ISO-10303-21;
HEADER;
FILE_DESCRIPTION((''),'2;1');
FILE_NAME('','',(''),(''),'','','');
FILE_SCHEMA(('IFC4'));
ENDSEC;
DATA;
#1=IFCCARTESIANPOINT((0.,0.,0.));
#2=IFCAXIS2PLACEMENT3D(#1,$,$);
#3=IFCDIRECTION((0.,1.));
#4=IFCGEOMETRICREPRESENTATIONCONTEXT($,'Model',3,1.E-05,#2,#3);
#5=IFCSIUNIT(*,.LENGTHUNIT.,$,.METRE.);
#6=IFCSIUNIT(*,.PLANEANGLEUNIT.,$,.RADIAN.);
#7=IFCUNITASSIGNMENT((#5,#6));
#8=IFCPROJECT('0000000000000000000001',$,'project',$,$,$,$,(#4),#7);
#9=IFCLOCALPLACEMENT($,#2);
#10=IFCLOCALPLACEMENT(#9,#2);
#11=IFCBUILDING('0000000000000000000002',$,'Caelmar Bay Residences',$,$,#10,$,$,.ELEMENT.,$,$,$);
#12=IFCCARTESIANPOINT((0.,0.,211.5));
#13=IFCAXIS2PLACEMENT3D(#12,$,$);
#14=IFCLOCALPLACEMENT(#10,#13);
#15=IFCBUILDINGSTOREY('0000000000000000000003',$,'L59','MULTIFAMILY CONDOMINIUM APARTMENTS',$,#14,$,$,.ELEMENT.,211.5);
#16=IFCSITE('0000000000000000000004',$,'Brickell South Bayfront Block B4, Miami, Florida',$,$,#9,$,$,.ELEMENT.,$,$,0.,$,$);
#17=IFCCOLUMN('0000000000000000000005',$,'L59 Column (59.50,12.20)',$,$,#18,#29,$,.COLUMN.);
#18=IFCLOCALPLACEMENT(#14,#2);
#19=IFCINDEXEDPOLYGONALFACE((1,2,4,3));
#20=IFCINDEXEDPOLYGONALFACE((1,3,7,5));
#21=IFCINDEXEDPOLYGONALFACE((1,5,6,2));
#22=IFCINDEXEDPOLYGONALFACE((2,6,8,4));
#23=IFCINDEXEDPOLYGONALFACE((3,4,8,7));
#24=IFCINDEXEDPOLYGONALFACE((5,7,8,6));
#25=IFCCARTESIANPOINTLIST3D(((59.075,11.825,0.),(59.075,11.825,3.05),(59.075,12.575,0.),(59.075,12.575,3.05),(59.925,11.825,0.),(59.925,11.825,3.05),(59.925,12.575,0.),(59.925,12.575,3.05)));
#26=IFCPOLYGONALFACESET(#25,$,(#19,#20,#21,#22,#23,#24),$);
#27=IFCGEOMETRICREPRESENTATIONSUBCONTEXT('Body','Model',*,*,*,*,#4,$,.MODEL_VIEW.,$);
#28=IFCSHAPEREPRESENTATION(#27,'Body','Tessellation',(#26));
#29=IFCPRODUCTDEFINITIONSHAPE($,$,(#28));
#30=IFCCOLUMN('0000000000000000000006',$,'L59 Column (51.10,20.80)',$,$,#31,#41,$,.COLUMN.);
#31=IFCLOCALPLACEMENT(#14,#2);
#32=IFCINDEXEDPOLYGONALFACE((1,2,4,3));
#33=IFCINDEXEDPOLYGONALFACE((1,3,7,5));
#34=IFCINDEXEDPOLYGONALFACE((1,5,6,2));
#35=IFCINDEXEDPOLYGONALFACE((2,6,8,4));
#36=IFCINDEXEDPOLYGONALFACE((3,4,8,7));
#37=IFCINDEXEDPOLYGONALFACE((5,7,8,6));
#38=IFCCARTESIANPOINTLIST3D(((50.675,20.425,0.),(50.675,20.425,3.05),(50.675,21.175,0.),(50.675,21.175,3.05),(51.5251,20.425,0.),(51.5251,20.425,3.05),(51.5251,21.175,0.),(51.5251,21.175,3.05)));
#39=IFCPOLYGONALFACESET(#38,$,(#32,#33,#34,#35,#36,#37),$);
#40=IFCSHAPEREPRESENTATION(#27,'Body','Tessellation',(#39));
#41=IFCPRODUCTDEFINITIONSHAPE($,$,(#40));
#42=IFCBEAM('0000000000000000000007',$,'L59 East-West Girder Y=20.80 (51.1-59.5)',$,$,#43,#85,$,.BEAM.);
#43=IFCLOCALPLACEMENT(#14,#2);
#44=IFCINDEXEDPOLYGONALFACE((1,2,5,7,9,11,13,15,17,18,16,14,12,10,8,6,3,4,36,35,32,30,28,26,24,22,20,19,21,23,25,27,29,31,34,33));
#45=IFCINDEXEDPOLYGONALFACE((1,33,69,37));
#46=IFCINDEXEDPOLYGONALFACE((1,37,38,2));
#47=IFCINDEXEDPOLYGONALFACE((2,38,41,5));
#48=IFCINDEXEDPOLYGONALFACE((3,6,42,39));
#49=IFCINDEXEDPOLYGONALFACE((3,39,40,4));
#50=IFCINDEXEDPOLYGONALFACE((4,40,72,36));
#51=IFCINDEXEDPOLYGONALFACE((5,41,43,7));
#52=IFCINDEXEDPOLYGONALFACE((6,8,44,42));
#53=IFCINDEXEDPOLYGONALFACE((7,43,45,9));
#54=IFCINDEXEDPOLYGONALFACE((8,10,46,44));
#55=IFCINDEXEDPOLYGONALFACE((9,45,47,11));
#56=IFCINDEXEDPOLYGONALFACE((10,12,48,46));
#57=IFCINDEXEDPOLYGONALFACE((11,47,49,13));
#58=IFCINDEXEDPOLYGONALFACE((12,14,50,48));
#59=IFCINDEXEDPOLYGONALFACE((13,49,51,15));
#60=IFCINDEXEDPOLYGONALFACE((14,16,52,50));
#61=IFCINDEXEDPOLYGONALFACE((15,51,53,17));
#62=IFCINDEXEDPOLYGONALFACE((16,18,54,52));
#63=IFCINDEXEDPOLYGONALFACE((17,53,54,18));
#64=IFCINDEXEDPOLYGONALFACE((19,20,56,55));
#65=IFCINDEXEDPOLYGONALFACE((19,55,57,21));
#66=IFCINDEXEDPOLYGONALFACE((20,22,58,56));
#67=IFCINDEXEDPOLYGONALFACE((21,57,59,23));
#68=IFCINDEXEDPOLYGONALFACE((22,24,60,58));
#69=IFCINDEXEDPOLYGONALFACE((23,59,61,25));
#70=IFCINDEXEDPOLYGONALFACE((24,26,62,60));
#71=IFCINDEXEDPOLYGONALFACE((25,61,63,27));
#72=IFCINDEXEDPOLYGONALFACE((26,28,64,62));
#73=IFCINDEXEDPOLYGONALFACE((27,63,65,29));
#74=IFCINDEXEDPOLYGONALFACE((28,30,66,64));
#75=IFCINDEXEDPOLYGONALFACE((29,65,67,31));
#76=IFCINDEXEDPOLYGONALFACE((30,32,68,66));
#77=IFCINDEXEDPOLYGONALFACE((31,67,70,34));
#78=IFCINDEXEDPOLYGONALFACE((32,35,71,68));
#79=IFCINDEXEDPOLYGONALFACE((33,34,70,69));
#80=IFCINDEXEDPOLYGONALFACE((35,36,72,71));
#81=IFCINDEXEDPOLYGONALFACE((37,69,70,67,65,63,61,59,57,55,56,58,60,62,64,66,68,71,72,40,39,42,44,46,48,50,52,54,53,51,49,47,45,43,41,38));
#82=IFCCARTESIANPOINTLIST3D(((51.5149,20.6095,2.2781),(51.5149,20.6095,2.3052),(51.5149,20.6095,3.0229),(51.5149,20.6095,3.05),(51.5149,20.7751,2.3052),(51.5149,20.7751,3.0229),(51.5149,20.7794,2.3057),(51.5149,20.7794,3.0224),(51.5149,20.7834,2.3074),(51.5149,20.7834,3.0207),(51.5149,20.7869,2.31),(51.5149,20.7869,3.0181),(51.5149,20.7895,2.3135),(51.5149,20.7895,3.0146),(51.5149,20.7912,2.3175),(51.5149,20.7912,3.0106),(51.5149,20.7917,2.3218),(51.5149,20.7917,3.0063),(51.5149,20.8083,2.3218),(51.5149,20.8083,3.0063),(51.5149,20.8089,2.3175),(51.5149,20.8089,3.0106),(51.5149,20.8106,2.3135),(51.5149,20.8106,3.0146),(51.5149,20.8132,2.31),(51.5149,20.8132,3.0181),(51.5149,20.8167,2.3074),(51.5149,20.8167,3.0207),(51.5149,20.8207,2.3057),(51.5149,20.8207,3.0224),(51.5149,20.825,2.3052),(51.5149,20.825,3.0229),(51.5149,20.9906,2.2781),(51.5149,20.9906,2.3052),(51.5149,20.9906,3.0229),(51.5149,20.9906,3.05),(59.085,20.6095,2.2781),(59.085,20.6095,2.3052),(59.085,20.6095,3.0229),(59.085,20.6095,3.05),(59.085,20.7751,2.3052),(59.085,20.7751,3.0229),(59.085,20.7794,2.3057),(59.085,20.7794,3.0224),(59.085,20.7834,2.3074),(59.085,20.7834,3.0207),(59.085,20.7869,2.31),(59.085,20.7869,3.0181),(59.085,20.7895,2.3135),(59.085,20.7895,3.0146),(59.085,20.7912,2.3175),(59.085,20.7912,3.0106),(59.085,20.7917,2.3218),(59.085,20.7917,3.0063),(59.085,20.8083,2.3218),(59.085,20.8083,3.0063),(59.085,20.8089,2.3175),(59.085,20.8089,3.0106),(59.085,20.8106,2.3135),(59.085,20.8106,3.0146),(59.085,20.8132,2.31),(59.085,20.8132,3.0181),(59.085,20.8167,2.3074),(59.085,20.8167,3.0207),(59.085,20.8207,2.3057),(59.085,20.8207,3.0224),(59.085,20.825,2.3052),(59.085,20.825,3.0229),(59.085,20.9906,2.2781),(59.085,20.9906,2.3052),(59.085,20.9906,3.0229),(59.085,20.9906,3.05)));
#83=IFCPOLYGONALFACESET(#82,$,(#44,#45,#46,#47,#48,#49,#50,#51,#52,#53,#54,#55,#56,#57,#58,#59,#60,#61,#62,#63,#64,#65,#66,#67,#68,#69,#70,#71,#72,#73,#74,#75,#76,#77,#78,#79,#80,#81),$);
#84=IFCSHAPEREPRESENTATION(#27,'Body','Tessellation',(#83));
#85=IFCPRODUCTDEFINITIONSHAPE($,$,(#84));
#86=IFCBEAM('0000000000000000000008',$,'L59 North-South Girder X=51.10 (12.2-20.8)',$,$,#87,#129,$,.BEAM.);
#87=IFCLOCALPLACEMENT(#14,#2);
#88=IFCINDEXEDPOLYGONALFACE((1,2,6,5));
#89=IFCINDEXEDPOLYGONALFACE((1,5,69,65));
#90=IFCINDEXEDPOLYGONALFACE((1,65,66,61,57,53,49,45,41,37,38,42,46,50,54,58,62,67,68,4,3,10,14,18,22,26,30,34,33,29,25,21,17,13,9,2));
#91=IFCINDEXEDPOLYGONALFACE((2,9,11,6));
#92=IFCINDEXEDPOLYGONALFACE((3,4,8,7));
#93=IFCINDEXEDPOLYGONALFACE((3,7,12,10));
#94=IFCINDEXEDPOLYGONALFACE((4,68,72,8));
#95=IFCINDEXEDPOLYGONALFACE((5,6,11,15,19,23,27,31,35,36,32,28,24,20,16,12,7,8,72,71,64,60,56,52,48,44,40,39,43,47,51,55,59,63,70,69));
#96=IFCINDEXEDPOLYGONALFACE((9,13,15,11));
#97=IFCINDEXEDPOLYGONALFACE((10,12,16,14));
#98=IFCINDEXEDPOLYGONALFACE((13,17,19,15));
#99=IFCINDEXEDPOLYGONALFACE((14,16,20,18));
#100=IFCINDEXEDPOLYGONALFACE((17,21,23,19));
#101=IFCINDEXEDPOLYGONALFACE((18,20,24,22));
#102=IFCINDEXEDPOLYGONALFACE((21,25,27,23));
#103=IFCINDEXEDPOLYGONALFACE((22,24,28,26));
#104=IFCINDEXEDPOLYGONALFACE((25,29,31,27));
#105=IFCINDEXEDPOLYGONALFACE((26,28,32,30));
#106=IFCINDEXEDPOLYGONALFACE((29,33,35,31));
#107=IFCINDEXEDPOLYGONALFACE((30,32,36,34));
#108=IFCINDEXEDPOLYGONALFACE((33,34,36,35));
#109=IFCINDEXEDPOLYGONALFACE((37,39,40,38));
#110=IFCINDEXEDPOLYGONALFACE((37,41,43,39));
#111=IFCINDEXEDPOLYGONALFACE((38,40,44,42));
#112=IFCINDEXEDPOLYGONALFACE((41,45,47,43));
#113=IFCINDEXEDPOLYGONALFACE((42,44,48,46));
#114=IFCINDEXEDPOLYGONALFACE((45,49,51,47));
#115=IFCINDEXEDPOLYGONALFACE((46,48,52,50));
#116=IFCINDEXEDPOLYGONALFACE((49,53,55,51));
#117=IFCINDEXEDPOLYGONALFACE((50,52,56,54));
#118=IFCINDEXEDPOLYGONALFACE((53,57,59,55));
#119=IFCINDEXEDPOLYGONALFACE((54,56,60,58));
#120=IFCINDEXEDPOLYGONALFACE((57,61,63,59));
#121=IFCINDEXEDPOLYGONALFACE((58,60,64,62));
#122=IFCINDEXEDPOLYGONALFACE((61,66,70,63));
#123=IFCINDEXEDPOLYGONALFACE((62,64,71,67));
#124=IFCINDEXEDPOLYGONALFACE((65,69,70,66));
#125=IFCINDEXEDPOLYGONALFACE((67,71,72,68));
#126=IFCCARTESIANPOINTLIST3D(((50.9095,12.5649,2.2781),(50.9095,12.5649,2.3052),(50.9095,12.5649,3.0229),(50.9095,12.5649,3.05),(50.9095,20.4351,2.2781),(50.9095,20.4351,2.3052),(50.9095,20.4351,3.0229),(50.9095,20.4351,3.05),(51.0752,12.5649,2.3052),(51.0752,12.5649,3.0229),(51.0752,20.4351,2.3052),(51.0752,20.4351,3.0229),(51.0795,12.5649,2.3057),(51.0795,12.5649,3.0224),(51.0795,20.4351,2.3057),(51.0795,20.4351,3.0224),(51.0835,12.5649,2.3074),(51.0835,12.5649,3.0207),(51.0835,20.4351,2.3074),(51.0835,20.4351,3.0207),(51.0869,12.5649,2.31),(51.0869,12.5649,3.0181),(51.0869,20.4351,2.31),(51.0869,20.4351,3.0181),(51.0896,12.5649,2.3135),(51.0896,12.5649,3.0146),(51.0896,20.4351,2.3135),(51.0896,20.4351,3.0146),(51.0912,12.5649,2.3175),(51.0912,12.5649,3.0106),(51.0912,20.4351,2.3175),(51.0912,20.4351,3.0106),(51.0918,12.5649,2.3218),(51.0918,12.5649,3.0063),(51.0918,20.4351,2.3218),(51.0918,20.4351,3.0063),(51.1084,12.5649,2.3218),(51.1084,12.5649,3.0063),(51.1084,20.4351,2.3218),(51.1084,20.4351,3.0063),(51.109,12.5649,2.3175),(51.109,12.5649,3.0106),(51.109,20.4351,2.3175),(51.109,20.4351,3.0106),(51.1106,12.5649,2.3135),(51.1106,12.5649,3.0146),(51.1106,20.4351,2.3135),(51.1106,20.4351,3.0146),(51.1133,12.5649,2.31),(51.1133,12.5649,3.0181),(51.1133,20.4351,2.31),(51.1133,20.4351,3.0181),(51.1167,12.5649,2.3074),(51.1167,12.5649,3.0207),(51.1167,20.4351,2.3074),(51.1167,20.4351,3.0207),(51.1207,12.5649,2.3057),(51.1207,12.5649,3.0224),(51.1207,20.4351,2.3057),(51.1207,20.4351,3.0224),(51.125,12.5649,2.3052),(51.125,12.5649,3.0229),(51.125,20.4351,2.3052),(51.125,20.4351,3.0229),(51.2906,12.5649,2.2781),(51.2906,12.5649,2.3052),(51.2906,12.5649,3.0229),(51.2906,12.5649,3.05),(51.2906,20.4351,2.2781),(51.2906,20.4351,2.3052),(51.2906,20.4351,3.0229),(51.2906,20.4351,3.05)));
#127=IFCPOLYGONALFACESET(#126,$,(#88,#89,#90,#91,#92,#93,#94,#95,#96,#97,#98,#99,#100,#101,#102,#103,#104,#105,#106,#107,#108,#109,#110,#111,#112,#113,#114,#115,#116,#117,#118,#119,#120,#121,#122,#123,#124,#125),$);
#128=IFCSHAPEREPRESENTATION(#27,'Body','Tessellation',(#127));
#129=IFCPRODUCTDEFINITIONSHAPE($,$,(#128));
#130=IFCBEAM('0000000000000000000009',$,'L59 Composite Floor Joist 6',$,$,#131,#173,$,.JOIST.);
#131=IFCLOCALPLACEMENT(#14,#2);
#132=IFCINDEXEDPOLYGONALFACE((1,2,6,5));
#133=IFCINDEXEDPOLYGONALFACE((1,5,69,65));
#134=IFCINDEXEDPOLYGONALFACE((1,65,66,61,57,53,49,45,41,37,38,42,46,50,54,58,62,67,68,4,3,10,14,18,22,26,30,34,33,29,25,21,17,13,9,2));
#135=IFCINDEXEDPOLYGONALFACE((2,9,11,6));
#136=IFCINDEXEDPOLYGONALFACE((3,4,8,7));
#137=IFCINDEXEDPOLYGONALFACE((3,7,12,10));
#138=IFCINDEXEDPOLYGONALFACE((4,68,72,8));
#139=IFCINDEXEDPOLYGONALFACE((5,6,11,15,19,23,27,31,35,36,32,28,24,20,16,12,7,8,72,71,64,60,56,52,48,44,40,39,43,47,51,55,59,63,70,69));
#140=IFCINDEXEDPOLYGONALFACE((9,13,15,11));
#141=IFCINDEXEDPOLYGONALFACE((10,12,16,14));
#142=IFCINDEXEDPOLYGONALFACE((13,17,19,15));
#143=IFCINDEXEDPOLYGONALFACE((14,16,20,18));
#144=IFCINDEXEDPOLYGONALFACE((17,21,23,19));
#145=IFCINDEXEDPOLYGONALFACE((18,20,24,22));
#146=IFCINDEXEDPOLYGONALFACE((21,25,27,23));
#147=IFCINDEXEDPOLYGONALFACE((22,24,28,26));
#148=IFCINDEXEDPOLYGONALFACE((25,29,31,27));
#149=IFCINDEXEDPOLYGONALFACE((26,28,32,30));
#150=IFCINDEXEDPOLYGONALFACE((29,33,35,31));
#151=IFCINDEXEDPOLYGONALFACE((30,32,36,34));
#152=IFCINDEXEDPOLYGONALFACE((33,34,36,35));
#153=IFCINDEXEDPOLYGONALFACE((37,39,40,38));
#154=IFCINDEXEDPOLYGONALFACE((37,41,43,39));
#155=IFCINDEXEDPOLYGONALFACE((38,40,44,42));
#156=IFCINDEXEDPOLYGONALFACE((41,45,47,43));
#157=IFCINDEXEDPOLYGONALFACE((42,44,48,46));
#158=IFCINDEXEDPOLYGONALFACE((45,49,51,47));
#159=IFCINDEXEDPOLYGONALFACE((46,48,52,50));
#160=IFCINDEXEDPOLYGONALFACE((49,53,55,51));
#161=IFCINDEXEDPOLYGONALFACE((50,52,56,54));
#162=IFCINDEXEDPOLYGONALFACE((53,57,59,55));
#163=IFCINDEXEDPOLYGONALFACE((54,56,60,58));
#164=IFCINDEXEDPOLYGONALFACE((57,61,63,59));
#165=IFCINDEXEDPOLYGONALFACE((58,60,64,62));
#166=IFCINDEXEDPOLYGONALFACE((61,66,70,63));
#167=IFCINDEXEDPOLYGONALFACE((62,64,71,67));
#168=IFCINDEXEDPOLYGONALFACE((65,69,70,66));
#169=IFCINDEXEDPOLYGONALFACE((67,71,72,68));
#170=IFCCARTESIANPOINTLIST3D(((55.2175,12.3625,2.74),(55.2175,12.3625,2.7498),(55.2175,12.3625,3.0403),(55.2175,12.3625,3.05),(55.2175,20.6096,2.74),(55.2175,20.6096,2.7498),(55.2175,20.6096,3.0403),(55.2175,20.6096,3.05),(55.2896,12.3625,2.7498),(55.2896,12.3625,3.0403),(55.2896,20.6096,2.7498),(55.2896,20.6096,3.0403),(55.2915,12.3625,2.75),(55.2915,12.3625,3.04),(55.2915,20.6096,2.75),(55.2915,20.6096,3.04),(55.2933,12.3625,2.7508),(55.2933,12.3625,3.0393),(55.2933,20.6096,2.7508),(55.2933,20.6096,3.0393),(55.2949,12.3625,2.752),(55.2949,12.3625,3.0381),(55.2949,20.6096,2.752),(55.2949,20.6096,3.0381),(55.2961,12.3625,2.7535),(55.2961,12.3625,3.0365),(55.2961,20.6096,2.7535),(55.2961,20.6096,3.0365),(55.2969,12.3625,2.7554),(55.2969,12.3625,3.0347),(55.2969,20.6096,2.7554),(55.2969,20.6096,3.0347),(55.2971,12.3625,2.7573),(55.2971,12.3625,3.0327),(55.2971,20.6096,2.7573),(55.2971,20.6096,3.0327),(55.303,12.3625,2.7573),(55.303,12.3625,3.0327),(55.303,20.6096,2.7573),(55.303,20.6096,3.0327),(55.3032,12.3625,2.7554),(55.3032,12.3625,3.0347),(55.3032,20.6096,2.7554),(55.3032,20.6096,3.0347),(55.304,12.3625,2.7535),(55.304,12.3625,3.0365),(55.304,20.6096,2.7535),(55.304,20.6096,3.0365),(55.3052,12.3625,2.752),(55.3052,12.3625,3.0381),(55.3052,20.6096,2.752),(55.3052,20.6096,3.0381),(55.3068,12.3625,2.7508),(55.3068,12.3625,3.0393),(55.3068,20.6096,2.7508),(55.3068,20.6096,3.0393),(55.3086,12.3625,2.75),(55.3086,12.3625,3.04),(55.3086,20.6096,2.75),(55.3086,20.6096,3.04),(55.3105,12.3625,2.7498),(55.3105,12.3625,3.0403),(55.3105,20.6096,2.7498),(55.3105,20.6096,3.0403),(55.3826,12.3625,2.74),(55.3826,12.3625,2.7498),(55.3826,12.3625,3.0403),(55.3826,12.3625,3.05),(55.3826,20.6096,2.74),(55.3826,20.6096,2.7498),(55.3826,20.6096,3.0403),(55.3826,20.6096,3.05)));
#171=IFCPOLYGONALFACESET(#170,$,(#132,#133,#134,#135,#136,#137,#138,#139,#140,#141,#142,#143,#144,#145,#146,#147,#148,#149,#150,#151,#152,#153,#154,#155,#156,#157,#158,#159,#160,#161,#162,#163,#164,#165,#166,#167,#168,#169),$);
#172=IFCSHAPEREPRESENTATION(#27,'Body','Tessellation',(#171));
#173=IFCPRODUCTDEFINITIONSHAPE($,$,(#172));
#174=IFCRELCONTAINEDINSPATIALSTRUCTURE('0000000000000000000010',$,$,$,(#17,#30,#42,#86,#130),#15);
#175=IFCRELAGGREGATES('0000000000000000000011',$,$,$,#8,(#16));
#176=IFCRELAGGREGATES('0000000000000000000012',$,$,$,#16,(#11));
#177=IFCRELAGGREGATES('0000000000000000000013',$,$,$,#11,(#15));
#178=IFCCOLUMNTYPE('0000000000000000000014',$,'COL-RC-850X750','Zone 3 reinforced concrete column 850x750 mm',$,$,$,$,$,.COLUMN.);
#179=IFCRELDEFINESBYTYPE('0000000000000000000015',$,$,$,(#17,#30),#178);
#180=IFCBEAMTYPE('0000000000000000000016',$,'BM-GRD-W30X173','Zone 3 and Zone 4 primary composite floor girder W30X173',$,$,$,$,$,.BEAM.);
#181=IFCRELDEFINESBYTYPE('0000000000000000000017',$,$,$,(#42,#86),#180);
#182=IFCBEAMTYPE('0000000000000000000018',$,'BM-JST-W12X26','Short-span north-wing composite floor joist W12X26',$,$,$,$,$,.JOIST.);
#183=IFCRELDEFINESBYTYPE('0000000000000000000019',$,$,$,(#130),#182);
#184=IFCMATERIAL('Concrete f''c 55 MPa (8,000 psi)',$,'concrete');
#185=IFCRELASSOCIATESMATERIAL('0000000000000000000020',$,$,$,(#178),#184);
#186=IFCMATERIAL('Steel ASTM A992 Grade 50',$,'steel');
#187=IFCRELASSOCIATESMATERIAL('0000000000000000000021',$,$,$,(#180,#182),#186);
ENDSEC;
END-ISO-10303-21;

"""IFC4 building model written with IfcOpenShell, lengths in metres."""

from ifc_helpers import new_model, si_unit, direction, frame, origin, origin_2d, place, context, subcontext, project, spatial, rectangle, i_section, extrude, material, material_profile, profile_set, type_object, element, save


model = new_model("IFC4")

# Units and contexts
model_context = context("Model", 3, precision=1e-05, world=origin(), true_north=direction((0.0, 1.0)))
body_context = subcontext(model_context, "Body", "Model", "MODEL_VIEW")
ifc_project = project(units=[si_unit("LENGTHUNIT", "METRE"), si_unit("PLANEANGLEUNIT", "RADIAN")], contexts=[model_context])

# Site, building, storey
site_placement = place(None, origin())
site = spatial("IfcSite", under=ifc_project, at=site_placement, Name="Brickell South Bayfront Block B4, Miami, Florida", CompositionType="ELEMENT", RefElevation=0.0)
building_placement = place(site_placement, origin())
building = spatial("IfcBuilding", under=site, at=building_placement, Name="Caelmar Bay Residences", CompositionType="ELEMENT")
storey_placement = place(building_placement, frame((0.0, 0.0, 211.5)))
storey = spatial("IfcBuildingStorey", under=building, at=storey_placement, Name="L59", Description="MULTIFAMILY CONDOMINIUM APARTMENTS", CompositionType="ELEMENT", Elevation=211.5)

# Columns
ifc_material_1 = material(Name="Concrete f'c 55 MPa (8,000 psi)", Category="concrete")
ifc_material_profile_1 = material_profile(ifc_material_1, rectangle(XDim=0.8501, YDim=0.75, at=origin_2d()), Name="RC-COL-850X750")
ifc_profile_set_1 = profile_set([ifc_material_profile_1], Name="Concrete f'c 55 MPa (8,000 psi)")
column_type = type_object("IfcColumnType", Name="COL-RC-850X750", Description="Zone 3 reinforced concrete column 850x750 mm", PredefinedType="COLUMN", material=ifc_profile_set_1)
for number, where, z_axis, x_axis, name in (
    (1, (59.5, 12.2, 0.0), (0.0, 0.0, 1.0), (1.0, 0.0, 0.0), "L59 Column (59.50,12.20)"),
    (2, (51.1001, 20.8, 0.0), (0.0, 0.0, 1.0), (1.0, 0.0, 0.0), "L59 Column (51.10,20.80)"),
):
    element("IfcColumn", number, at=place(storey_placement, frame(where, z_axis=z_axis, x_axis=x_axis)), inside=storey, type_object=column_type, Name=name, PredefinedType="COLUMN", context=body_context, shape_type="SweptSolid", body=[
        extrude(rectangle(XDim=0.8501, YDim=0.75, at=origin_2d()), origin(), (0.0, 0.0, 1.0), 3.05),
    ])

# Beams
ifc_material_2 = material(Name="Steel ASTM A992 Grade 50", Category="steel")
ifc_material_profile_2 = material_profile(ifc_material_2, i_section(OverallWidth=0.3811, OverallDepth=0.772, WebThickness=0.0166, FlangeThickness=0.0271, FilletRadius=0.0166, at=origin_2d()), Name="W30X173")
ifc_profile_set_2 = profile_set([ifc_material_profile_2], Name="Steel ASTM A992 Grade 50")
beam_type_1 = type_object("IfcBeamType", Name="BM-GRD-W30X173", Description="Zone 3 and Zone 4 primary composite floor girder W30X173", PredefinedType="BEAM", material=ifc_profile_set_2)
beam_1_placement = place(storey_placement, frame((51.5149, 20.8, 2.6641), z_axis=(1.0, 0.0, 0.0), x_axis=(0.0, 1.0, 0.0)))
element("IfcBeam", 3, at=beam_1_placement, inside=storey, type_object=beam_type_1, Name="L59 East-West Girder Y=20.80 (51.1-59.5)", PredefinedType="BEAM", context=body_context, shape_type="SweptSolid", body=[
    extrude(i_section(OverallWidth=0.3811, OverallDepth=0.772, WebThickness=0.0166, FlangeThickness=0.0271, FilletRadius=0.0166, at=origin_2d()), origin(), (0.0, 0.0, 1.0), 7.5701),
])
beam_2_placement = place(storey_placement, frame((51.1001, 12.5649, 2.6641), z_axis=(0.0, 1.0, 0.0), x_axis=(-1.0, 0.0, 0.0)))
element("IfcBeam", 4, at=beam_2_placement, inside=storey, type_object=beam_type_1, Name="L59 North-South Girder X=51.10 (12.2-20.8)", PredefinedType="BEAM", context=body_context, shape_type="SweptSolid", body=[
    extrude(i_section(OverallWidth=0.3811, OverallDepth=0.772, WebThickness=0.0166, FlangeThickness=0.0271, FilletRadius=0.0166, at=origin_2d()), origin(), (0.0, 0.0, 1.0), 7.8701),
])
ifc_material_profile_3 = material_profile(ifc_material_2, i_section(OverallWidth=0.165, OverallDepth=0.3101, WebThickness=0.0059, FlangeThickness=0.0098, FilletRadius=0.0076, at=origin_2d()), Name="W12X26")
ifc_profile_set_3 = profile_set([ifc_material_profile_3], Name="Steel ASTM A992 Grade 50")
beam_type_2 = type_object("IfcBeamType", Name="BM-JST-W12X26", Description="Short-span north-wing composite floor joist W12X26", PredefinedType="JOIST", material=ifc_profile_set_3)
beam_3_placement = place(storey_placement, frame((55.3, 12.3625, 2.895), z_axis=(0.0, 1.0, 0.0), x_axis=(-1.0, 0.0, 0.0)))
element("IfcBeam", 5, at=beam_3_placement, inside=storey, type_object=beam_type_2, Name="L59 Composite Floor Joist 6", PredefinedType="JOIST", context=body_context, shape_type="SweptSolid", body=[
    extrude(i_section(OverallWidth=0.165, OverallDepth=0.3101, WebThickness=0.0059, FlangeThickness=0.0098, FilletRadius=0.0076, at=origin_2d()), origin(), (0.0, 0.0, 1.0), 8.2471),
])

save(model, "model.ifc")
